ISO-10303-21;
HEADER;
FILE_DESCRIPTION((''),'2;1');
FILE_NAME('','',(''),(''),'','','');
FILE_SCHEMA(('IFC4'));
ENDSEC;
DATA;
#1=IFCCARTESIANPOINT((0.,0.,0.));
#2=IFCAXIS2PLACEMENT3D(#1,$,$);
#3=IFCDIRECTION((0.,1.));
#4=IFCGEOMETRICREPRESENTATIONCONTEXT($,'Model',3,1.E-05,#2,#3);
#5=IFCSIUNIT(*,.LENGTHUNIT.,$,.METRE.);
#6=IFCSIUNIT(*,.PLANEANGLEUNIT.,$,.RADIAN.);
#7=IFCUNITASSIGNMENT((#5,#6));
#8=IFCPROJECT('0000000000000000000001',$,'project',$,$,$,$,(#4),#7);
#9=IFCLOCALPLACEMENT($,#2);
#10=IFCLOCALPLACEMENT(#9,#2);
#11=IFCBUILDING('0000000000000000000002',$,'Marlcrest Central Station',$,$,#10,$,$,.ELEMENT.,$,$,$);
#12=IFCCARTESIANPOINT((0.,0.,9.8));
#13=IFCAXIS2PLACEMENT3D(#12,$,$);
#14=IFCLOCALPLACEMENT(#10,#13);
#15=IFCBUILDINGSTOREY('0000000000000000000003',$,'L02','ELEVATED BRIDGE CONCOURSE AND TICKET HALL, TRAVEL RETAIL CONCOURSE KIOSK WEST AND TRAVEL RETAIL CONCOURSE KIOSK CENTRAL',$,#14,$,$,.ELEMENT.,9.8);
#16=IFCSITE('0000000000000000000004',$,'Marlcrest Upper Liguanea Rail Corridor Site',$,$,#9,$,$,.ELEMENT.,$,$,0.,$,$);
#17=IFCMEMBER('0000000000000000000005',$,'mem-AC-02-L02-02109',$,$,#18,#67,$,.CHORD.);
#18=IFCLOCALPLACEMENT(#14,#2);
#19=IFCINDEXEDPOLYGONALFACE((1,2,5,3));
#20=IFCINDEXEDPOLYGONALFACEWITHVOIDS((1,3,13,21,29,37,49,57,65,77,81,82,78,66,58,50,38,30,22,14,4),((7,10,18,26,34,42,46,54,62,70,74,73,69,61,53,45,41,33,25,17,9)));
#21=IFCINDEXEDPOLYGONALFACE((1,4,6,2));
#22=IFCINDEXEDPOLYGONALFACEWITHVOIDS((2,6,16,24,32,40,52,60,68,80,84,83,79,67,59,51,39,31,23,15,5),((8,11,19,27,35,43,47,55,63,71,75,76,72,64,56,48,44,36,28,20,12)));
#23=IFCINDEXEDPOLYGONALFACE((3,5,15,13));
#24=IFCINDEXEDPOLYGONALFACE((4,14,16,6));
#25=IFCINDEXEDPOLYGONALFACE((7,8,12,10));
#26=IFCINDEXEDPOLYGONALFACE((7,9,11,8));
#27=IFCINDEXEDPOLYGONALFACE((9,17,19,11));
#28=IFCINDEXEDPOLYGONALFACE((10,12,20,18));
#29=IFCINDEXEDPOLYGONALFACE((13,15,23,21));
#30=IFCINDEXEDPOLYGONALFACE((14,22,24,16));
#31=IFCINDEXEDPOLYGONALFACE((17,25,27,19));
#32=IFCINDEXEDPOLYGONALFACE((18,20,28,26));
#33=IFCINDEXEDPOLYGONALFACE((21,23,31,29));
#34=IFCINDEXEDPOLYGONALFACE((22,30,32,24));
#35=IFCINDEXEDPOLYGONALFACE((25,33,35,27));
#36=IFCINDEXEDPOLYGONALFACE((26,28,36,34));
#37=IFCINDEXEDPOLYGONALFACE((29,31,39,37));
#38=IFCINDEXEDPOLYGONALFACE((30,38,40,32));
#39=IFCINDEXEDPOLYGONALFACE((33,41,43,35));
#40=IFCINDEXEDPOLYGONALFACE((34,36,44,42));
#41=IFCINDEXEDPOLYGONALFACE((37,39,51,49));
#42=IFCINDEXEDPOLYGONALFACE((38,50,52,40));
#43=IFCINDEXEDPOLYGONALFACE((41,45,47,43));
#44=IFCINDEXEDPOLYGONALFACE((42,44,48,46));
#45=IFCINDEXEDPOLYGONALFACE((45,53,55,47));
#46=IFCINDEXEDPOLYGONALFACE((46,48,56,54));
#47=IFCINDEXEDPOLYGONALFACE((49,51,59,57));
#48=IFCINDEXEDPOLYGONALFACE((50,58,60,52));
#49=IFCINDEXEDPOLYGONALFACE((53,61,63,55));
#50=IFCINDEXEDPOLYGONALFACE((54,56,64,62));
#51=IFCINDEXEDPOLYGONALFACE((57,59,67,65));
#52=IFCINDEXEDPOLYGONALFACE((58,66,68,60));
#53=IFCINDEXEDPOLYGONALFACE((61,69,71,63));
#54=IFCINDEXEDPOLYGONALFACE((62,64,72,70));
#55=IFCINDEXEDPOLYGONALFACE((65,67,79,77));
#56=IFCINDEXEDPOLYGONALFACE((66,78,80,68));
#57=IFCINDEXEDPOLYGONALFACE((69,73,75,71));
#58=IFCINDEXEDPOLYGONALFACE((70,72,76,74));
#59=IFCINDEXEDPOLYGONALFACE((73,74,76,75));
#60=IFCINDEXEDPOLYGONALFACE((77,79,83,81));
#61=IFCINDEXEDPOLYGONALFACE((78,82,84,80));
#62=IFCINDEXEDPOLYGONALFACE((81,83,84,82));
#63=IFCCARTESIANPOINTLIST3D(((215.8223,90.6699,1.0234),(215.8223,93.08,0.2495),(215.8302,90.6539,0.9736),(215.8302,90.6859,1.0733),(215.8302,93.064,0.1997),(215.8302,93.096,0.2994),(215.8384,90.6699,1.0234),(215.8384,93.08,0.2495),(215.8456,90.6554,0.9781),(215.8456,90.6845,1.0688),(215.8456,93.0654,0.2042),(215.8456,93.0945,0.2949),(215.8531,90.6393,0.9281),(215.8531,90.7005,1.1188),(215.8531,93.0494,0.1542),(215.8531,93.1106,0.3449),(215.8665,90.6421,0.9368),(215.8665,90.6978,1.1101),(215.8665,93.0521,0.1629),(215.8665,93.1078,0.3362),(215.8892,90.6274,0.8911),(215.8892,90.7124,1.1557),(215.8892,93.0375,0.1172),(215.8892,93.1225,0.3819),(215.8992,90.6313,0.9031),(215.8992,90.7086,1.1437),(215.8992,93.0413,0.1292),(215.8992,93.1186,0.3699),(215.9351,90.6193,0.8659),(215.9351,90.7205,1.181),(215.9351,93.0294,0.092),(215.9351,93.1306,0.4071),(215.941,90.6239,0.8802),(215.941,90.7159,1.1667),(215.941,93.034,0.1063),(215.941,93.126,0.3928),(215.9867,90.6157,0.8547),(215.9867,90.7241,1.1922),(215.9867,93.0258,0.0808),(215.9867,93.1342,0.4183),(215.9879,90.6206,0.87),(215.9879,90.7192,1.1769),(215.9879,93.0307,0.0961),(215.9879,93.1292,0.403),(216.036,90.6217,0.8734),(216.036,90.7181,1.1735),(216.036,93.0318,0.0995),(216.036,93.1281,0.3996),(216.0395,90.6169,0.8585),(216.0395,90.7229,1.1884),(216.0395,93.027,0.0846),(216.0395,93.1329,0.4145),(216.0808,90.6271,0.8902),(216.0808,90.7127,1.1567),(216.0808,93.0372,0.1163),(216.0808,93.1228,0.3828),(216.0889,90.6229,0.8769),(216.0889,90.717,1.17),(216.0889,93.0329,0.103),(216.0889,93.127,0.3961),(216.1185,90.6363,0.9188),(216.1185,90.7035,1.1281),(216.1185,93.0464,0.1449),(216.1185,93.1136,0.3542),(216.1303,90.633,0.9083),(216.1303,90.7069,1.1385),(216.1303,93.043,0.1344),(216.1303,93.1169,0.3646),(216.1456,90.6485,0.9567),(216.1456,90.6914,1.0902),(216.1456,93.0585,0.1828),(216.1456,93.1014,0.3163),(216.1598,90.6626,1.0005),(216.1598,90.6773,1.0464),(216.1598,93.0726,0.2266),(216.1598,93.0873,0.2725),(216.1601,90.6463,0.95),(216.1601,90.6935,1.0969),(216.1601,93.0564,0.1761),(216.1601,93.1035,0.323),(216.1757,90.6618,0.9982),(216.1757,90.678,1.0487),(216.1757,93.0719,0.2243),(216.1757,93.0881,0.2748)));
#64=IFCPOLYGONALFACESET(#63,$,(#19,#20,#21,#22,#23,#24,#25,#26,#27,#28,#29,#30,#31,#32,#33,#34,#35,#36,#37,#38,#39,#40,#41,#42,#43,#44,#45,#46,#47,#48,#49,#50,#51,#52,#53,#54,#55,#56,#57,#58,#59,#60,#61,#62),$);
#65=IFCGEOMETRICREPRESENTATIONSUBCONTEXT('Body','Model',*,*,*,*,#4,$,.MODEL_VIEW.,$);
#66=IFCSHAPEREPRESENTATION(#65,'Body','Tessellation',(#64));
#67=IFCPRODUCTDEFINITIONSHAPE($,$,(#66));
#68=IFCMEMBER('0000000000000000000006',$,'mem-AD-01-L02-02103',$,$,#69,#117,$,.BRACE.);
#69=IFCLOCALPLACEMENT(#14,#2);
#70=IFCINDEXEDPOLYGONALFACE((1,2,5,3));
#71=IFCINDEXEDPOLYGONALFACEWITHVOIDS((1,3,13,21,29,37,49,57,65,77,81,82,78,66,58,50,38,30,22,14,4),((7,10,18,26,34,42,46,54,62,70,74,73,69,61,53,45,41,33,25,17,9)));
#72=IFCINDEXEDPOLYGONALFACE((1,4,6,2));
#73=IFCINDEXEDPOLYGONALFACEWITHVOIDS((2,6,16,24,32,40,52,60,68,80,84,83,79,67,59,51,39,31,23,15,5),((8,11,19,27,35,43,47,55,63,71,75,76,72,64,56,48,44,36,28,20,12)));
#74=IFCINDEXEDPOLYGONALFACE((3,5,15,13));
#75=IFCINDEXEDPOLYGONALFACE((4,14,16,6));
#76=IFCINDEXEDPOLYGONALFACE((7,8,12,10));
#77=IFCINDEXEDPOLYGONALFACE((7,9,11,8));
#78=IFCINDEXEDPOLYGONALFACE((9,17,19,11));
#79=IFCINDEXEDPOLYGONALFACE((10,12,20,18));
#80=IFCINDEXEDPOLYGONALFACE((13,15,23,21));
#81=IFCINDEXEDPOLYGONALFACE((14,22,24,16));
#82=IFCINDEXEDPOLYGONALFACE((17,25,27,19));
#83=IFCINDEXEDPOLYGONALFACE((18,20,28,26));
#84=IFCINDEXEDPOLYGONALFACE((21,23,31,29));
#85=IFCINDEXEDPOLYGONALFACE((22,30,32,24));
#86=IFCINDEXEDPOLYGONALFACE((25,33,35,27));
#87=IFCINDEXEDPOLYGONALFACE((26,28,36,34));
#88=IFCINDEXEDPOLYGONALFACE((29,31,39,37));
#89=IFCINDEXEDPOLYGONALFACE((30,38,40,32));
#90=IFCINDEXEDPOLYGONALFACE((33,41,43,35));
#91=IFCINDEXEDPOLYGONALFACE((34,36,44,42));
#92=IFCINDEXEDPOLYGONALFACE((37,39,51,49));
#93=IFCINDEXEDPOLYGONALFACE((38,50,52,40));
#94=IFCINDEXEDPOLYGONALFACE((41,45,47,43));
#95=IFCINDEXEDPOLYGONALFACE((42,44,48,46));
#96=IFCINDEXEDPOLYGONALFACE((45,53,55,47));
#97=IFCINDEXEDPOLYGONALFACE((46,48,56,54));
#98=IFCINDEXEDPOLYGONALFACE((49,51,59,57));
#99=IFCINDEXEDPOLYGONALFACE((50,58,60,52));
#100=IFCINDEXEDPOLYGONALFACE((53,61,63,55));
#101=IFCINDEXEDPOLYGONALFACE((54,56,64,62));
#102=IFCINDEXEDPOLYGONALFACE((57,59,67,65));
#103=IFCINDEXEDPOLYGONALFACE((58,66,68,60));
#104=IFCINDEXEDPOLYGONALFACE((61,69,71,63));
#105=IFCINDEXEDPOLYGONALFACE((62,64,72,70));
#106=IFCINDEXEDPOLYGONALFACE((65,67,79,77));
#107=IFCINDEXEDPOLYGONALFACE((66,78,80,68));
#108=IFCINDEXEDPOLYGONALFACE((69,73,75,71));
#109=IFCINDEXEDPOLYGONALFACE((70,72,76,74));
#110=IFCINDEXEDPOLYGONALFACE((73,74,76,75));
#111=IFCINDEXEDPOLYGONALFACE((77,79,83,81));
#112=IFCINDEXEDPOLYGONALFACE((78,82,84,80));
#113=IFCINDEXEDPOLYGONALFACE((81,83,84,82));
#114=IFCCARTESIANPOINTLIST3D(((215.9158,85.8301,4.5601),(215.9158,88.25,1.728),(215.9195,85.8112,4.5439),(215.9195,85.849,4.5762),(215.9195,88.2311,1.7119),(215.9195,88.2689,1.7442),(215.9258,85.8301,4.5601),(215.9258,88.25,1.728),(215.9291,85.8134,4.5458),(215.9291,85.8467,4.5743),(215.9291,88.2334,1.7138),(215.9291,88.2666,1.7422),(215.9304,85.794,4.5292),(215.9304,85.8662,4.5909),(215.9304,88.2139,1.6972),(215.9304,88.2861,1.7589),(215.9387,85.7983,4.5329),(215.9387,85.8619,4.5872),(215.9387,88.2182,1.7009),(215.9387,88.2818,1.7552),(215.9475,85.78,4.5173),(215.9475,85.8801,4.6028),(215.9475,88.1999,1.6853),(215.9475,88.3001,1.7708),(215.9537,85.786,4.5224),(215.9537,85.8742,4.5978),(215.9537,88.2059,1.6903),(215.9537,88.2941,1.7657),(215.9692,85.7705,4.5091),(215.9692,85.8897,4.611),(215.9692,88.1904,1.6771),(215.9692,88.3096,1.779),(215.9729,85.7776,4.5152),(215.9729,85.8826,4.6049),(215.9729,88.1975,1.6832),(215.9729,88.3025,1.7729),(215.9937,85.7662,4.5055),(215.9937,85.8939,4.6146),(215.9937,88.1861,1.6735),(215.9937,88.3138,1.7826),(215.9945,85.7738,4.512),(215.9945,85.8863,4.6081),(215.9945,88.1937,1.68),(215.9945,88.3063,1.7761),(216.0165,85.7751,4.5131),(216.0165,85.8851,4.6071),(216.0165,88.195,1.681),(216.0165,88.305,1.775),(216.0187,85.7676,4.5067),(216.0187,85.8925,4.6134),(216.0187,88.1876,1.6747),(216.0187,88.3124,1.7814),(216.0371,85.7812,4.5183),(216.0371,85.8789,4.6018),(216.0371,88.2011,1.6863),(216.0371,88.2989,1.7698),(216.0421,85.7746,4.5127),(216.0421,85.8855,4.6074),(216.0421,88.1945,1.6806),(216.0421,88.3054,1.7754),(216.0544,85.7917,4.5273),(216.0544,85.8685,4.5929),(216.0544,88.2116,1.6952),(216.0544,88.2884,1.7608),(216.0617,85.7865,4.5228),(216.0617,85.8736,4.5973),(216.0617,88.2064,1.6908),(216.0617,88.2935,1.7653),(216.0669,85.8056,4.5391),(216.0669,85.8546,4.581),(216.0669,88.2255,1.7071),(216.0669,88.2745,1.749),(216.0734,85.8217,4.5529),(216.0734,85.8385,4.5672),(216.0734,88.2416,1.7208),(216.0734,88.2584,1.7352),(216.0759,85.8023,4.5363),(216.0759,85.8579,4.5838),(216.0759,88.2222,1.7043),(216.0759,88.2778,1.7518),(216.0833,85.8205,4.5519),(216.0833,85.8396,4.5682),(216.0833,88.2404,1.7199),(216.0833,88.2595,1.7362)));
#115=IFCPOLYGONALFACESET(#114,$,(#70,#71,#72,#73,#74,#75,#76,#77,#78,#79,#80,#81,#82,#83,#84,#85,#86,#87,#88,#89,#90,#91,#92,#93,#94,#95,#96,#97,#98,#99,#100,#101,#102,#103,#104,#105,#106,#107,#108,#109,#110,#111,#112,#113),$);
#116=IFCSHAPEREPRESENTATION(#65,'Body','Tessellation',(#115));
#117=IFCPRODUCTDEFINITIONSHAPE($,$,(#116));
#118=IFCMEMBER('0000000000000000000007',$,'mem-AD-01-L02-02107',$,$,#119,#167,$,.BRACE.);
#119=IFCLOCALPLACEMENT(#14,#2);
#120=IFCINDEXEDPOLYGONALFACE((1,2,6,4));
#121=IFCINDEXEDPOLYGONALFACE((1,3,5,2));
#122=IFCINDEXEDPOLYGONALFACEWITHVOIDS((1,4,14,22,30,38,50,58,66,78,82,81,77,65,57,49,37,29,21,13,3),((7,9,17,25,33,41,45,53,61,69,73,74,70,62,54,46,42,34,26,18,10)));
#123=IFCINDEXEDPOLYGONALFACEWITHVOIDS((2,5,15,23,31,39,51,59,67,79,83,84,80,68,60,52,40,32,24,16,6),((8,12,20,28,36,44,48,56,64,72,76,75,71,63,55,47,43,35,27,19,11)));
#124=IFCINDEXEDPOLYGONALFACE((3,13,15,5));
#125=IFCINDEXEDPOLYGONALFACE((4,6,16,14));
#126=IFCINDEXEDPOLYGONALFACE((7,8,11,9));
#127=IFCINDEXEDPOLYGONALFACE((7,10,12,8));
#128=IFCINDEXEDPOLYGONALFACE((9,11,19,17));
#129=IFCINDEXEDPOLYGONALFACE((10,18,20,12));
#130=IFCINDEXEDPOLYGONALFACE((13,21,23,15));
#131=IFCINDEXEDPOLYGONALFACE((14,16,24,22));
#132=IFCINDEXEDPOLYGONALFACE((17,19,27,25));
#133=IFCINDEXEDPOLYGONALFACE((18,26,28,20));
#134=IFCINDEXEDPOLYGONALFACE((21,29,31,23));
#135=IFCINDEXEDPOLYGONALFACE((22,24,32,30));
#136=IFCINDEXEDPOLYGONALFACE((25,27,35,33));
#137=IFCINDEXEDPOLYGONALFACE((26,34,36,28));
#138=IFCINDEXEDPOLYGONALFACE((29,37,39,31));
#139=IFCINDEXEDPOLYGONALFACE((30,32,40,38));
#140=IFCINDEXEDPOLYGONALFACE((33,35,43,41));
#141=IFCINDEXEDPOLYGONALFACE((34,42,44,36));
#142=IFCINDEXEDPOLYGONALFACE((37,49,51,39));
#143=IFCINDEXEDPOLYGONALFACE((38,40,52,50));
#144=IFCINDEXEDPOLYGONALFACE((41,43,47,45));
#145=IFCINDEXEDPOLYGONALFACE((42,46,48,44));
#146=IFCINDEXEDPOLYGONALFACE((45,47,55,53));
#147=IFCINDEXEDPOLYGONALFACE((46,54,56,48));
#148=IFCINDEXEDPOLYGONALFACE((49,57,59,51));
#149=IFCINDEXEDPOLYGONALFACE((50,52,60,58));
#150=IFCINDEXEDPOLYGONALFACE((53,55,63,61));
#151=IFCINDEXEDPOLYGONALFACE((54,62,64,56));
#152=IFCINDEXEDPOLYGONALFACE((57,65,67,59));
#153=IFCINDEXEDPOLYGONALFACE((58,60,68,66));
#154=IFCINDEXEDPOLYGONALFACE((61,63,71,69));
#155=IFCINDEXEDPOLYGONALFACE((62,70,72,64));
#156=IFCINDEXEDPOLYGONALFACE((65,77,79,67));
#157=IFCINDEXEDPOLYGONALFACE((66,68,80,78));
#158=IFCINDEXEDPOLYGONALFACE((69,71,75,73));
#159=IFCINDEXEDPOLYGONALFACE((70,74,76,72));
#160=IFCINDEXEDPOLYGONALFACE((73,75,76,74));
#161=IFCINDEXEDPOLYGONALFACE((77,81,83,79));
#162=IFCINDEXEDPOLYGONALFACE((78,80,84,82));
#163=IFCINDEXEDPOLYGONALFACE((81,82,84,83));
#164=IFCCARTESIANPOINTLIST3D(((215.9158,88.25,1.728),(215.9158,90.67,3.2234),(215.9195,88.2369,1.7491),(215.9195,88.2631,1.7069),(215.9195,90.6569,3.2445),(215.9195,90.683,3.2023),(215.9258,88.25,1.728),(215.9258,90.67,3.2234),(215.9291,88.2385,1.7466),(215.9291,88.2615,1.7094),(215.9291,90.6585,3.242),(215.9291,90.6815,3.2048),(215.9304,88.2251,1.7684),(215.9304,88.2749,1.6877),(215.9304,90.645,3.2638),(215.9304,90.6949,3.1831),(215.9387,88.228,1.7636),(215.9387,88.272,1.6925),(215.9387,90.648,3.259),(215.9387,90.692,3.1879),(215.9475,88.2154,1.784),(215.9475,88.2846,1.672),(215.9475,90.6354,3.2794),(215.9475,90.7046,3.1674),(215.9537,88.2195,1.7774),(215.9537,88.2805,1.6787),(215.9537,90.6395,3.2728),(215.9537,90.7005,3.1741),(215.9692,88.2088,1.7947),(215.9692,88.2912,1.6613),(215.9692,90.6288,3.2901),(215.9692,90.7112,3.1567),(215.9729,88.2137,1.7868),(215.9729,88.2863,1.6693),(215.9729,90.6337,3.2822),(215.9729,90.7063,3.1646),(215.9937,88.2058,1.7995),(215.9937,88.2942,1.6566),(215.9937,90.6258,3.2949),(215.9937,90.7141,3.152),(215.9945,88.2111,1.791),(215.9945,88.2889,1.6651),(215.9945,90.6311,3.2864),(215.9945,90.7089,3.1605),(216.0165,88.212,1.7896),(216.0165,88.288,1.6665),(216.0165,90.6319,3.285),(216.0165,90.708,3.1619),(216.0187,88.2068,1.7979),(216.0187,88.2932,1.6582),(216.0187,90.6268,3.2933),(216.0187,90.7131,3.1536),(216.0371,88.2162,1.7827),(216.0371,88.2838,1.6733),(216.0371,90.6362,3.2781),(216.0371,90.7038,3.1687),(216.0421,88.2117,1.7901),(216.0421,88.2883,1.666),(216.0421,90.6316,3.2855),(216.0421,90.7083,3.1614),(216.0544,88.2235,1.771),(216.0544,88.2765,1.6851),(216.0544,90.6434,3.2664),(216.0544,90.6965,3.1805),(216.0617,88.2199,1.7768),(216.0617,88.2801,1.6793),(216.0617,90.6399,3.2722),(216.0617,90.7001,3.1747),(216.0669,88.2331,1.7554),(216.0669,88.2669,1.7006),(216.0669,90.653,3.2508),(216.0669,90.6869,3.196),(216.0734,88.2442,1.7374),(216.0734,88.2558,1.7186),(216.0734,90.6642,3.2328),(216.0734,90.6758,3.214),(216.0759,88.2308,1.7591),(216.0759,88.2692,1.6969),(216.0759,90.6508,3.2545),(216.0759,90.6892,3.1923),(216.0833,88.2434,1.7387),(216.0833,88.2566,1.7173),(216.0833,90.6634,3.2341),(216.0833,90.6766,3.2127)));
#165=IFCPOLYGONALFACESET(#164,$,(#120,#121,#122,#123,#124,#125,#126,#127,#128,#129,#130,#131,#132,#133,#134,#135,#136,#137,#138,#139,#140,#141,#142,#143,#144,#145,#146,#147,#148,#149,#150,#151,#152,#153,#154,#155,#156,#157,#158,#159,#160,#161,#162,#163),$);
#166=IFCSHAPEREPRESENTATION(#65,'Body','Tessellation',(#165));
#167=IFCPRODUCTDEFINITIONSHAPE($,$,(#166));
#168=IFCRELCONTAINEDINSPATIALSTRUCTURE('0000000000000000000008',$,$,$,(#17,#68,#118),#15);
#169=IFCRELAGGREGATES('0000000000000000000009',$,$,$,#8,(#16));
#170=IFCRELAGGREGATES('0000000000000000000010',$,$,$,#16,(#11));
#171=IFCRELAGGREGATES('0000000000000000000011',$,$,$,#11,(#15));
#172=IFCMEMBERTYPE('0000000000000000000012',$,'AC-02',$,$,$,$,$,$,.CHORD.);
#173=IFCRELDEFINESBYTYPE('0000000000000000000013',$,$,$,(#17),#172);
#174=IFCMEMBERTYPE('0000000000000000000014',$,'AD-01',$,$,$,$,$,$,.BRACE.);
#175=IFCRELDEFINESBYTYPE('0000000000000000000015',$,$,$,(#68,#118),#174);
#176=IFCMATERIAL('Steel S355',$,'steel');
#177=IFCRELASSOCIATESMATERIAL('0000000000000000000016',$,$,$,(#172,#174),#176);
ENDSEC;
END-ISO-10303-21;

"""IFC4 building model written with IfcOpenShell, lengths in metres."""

from ifc_helpers import new_model, si_unit, direction, frame, origin, origin_2d, place, context, subcontext, project, spatial, hollow_circle, extrude, material, material_profile, profile_set, type_object, element, save


model = new_model("IFC4")

# Units and contexts
model_context = context("Model", 3, precision=1e-05, world=origin(), true_north=direction((0.0, 1.0)))
body_context = subcontext(model_context, "Body", "Model", "MODEL_VIEW")
ifc_project = project(units=[si_unit("LENGTHUNIT", "METRE"), si_unit("PLANEANGLEUNIT", "RADIAN")], contexts=[model_context])

# Site, building, storey
site_placement = place(None, origin())
site = spatial("IfcSite", under=ifc_project, at=site_placement, Name="Marlcrest Upper Liguanea Rail Corridor Site", CompositionType="ELEMENT", RefElevation=0.0)
building_placement = place(site_placement, origin())
building = spatial("IfcBuilding", under=site, at=building_placement, Name="Marlcrest Central Station", CompositionType="ELEMENT")
storey_placement = place(building_placement, frame((0.0, 0.0, 9.8)))
storey = spatial("IfcBuildingStorey", under=building, at=storey_placement, Name="L02", Description="ELEVATED BRIDGE CONCOURSE AND TICKET HALL, TRAVEL RETAIL CONCOURSE KIOSK WEST AND TRAVEL RETAIL CONCOURSE KIOSK CENTRAL", CompositionType="ELEMENT", Elevation=9.8)

# Members
ifc_material = material(Name="Steel S355", Category="steel")
ifc_material_profile_1 = material_profile(ifc_material, hollow_circle(Radius=0.1777, WallThickness=0.0161, at=origin_2d()), Name="CHS 355.6x16")
ifc_profile_set_1 = profile_set([ifc_material_profile_1], Name="Steel S355")
member_type_1 = type_object("IfcMemberType", Name="AC-02", PredefinedType="CHORD", material=ifc_profile_set_1)
member_1_placement = place(storey_placement, frame((216.0, 90.6699, 1.0234), z_axis=(0.0, 0.952117, -0.305734), x_axis=(-1.0, 0.0, 0.0)))
element("IfcMember", 1, at=member_1_placement, inside=storey, type_object=member_type_1, Name="mem-AC-02-L02-02109", PredefinedType="CHORD", context=body_context, shape_type="SweptSolid", body=[
    extrude(hollow_circle(Radius=0.1777, WallThickness=0.0161, at=origin_2d()), origin(), (0.0, 0.0, 1.0), 2.5312),
])
ifc_material_profile_2 = material_profile(ifc_material, hollow_circle(Radius=0.0842, WallThickness=0.01, at=origin_2d()), Name="CHS 168.3x10")
ifc_profile_set_2 = profile_set([ifc_material_profile_2], Name="Steel S355")
member_type_2 = type_object("IfcMemberType", Name="AD-01", PredefinedType="BRACE", material=ifc_profile_set_2)
member_2_placement = place(storey_placement, frame((216.0, 85.8301, 4.5601), z_axis=(0.0, 0.649625, -0.760255), x_axis=(-1.0, 0.0, 0.0)))
element("IfcMember", 2, at=member_2_placement, inside=storey, type_object=member_type_2, Name="mem-AD-01-L02-02103", PredefinedType="BRACE", context=body_context, shape_type="SweptSolid", body=[
    extrude(hollow_circle(Radius=0.0842, WallThickness=0.01, at=origin_2d()), origin(), (0.0, 0.0, 1.0), 3.7251),
])
member_3_placement = place(storey_placement, frame((216.0, 88.25, 1.728), z_axis=(0.0, 0.850687, 0.525672), x_axis=(-1.0, 0.0, 0.0)))
element("IfcMember", 3, at=member_3_placement, inside=storey, type_object=member_type_2, Name="mem-AD-01-L02-02107", PredefinedType="BRACE", context=body_context, shape_type="SweptSolid", body=[
    extrude(hollow_circle(Radius=0.0842, WallThickness=0.01, at=origin_2d()), origin(), (0.0, 0.0, 1.0), 2.8447),
])

save(model, "model.ifc")
